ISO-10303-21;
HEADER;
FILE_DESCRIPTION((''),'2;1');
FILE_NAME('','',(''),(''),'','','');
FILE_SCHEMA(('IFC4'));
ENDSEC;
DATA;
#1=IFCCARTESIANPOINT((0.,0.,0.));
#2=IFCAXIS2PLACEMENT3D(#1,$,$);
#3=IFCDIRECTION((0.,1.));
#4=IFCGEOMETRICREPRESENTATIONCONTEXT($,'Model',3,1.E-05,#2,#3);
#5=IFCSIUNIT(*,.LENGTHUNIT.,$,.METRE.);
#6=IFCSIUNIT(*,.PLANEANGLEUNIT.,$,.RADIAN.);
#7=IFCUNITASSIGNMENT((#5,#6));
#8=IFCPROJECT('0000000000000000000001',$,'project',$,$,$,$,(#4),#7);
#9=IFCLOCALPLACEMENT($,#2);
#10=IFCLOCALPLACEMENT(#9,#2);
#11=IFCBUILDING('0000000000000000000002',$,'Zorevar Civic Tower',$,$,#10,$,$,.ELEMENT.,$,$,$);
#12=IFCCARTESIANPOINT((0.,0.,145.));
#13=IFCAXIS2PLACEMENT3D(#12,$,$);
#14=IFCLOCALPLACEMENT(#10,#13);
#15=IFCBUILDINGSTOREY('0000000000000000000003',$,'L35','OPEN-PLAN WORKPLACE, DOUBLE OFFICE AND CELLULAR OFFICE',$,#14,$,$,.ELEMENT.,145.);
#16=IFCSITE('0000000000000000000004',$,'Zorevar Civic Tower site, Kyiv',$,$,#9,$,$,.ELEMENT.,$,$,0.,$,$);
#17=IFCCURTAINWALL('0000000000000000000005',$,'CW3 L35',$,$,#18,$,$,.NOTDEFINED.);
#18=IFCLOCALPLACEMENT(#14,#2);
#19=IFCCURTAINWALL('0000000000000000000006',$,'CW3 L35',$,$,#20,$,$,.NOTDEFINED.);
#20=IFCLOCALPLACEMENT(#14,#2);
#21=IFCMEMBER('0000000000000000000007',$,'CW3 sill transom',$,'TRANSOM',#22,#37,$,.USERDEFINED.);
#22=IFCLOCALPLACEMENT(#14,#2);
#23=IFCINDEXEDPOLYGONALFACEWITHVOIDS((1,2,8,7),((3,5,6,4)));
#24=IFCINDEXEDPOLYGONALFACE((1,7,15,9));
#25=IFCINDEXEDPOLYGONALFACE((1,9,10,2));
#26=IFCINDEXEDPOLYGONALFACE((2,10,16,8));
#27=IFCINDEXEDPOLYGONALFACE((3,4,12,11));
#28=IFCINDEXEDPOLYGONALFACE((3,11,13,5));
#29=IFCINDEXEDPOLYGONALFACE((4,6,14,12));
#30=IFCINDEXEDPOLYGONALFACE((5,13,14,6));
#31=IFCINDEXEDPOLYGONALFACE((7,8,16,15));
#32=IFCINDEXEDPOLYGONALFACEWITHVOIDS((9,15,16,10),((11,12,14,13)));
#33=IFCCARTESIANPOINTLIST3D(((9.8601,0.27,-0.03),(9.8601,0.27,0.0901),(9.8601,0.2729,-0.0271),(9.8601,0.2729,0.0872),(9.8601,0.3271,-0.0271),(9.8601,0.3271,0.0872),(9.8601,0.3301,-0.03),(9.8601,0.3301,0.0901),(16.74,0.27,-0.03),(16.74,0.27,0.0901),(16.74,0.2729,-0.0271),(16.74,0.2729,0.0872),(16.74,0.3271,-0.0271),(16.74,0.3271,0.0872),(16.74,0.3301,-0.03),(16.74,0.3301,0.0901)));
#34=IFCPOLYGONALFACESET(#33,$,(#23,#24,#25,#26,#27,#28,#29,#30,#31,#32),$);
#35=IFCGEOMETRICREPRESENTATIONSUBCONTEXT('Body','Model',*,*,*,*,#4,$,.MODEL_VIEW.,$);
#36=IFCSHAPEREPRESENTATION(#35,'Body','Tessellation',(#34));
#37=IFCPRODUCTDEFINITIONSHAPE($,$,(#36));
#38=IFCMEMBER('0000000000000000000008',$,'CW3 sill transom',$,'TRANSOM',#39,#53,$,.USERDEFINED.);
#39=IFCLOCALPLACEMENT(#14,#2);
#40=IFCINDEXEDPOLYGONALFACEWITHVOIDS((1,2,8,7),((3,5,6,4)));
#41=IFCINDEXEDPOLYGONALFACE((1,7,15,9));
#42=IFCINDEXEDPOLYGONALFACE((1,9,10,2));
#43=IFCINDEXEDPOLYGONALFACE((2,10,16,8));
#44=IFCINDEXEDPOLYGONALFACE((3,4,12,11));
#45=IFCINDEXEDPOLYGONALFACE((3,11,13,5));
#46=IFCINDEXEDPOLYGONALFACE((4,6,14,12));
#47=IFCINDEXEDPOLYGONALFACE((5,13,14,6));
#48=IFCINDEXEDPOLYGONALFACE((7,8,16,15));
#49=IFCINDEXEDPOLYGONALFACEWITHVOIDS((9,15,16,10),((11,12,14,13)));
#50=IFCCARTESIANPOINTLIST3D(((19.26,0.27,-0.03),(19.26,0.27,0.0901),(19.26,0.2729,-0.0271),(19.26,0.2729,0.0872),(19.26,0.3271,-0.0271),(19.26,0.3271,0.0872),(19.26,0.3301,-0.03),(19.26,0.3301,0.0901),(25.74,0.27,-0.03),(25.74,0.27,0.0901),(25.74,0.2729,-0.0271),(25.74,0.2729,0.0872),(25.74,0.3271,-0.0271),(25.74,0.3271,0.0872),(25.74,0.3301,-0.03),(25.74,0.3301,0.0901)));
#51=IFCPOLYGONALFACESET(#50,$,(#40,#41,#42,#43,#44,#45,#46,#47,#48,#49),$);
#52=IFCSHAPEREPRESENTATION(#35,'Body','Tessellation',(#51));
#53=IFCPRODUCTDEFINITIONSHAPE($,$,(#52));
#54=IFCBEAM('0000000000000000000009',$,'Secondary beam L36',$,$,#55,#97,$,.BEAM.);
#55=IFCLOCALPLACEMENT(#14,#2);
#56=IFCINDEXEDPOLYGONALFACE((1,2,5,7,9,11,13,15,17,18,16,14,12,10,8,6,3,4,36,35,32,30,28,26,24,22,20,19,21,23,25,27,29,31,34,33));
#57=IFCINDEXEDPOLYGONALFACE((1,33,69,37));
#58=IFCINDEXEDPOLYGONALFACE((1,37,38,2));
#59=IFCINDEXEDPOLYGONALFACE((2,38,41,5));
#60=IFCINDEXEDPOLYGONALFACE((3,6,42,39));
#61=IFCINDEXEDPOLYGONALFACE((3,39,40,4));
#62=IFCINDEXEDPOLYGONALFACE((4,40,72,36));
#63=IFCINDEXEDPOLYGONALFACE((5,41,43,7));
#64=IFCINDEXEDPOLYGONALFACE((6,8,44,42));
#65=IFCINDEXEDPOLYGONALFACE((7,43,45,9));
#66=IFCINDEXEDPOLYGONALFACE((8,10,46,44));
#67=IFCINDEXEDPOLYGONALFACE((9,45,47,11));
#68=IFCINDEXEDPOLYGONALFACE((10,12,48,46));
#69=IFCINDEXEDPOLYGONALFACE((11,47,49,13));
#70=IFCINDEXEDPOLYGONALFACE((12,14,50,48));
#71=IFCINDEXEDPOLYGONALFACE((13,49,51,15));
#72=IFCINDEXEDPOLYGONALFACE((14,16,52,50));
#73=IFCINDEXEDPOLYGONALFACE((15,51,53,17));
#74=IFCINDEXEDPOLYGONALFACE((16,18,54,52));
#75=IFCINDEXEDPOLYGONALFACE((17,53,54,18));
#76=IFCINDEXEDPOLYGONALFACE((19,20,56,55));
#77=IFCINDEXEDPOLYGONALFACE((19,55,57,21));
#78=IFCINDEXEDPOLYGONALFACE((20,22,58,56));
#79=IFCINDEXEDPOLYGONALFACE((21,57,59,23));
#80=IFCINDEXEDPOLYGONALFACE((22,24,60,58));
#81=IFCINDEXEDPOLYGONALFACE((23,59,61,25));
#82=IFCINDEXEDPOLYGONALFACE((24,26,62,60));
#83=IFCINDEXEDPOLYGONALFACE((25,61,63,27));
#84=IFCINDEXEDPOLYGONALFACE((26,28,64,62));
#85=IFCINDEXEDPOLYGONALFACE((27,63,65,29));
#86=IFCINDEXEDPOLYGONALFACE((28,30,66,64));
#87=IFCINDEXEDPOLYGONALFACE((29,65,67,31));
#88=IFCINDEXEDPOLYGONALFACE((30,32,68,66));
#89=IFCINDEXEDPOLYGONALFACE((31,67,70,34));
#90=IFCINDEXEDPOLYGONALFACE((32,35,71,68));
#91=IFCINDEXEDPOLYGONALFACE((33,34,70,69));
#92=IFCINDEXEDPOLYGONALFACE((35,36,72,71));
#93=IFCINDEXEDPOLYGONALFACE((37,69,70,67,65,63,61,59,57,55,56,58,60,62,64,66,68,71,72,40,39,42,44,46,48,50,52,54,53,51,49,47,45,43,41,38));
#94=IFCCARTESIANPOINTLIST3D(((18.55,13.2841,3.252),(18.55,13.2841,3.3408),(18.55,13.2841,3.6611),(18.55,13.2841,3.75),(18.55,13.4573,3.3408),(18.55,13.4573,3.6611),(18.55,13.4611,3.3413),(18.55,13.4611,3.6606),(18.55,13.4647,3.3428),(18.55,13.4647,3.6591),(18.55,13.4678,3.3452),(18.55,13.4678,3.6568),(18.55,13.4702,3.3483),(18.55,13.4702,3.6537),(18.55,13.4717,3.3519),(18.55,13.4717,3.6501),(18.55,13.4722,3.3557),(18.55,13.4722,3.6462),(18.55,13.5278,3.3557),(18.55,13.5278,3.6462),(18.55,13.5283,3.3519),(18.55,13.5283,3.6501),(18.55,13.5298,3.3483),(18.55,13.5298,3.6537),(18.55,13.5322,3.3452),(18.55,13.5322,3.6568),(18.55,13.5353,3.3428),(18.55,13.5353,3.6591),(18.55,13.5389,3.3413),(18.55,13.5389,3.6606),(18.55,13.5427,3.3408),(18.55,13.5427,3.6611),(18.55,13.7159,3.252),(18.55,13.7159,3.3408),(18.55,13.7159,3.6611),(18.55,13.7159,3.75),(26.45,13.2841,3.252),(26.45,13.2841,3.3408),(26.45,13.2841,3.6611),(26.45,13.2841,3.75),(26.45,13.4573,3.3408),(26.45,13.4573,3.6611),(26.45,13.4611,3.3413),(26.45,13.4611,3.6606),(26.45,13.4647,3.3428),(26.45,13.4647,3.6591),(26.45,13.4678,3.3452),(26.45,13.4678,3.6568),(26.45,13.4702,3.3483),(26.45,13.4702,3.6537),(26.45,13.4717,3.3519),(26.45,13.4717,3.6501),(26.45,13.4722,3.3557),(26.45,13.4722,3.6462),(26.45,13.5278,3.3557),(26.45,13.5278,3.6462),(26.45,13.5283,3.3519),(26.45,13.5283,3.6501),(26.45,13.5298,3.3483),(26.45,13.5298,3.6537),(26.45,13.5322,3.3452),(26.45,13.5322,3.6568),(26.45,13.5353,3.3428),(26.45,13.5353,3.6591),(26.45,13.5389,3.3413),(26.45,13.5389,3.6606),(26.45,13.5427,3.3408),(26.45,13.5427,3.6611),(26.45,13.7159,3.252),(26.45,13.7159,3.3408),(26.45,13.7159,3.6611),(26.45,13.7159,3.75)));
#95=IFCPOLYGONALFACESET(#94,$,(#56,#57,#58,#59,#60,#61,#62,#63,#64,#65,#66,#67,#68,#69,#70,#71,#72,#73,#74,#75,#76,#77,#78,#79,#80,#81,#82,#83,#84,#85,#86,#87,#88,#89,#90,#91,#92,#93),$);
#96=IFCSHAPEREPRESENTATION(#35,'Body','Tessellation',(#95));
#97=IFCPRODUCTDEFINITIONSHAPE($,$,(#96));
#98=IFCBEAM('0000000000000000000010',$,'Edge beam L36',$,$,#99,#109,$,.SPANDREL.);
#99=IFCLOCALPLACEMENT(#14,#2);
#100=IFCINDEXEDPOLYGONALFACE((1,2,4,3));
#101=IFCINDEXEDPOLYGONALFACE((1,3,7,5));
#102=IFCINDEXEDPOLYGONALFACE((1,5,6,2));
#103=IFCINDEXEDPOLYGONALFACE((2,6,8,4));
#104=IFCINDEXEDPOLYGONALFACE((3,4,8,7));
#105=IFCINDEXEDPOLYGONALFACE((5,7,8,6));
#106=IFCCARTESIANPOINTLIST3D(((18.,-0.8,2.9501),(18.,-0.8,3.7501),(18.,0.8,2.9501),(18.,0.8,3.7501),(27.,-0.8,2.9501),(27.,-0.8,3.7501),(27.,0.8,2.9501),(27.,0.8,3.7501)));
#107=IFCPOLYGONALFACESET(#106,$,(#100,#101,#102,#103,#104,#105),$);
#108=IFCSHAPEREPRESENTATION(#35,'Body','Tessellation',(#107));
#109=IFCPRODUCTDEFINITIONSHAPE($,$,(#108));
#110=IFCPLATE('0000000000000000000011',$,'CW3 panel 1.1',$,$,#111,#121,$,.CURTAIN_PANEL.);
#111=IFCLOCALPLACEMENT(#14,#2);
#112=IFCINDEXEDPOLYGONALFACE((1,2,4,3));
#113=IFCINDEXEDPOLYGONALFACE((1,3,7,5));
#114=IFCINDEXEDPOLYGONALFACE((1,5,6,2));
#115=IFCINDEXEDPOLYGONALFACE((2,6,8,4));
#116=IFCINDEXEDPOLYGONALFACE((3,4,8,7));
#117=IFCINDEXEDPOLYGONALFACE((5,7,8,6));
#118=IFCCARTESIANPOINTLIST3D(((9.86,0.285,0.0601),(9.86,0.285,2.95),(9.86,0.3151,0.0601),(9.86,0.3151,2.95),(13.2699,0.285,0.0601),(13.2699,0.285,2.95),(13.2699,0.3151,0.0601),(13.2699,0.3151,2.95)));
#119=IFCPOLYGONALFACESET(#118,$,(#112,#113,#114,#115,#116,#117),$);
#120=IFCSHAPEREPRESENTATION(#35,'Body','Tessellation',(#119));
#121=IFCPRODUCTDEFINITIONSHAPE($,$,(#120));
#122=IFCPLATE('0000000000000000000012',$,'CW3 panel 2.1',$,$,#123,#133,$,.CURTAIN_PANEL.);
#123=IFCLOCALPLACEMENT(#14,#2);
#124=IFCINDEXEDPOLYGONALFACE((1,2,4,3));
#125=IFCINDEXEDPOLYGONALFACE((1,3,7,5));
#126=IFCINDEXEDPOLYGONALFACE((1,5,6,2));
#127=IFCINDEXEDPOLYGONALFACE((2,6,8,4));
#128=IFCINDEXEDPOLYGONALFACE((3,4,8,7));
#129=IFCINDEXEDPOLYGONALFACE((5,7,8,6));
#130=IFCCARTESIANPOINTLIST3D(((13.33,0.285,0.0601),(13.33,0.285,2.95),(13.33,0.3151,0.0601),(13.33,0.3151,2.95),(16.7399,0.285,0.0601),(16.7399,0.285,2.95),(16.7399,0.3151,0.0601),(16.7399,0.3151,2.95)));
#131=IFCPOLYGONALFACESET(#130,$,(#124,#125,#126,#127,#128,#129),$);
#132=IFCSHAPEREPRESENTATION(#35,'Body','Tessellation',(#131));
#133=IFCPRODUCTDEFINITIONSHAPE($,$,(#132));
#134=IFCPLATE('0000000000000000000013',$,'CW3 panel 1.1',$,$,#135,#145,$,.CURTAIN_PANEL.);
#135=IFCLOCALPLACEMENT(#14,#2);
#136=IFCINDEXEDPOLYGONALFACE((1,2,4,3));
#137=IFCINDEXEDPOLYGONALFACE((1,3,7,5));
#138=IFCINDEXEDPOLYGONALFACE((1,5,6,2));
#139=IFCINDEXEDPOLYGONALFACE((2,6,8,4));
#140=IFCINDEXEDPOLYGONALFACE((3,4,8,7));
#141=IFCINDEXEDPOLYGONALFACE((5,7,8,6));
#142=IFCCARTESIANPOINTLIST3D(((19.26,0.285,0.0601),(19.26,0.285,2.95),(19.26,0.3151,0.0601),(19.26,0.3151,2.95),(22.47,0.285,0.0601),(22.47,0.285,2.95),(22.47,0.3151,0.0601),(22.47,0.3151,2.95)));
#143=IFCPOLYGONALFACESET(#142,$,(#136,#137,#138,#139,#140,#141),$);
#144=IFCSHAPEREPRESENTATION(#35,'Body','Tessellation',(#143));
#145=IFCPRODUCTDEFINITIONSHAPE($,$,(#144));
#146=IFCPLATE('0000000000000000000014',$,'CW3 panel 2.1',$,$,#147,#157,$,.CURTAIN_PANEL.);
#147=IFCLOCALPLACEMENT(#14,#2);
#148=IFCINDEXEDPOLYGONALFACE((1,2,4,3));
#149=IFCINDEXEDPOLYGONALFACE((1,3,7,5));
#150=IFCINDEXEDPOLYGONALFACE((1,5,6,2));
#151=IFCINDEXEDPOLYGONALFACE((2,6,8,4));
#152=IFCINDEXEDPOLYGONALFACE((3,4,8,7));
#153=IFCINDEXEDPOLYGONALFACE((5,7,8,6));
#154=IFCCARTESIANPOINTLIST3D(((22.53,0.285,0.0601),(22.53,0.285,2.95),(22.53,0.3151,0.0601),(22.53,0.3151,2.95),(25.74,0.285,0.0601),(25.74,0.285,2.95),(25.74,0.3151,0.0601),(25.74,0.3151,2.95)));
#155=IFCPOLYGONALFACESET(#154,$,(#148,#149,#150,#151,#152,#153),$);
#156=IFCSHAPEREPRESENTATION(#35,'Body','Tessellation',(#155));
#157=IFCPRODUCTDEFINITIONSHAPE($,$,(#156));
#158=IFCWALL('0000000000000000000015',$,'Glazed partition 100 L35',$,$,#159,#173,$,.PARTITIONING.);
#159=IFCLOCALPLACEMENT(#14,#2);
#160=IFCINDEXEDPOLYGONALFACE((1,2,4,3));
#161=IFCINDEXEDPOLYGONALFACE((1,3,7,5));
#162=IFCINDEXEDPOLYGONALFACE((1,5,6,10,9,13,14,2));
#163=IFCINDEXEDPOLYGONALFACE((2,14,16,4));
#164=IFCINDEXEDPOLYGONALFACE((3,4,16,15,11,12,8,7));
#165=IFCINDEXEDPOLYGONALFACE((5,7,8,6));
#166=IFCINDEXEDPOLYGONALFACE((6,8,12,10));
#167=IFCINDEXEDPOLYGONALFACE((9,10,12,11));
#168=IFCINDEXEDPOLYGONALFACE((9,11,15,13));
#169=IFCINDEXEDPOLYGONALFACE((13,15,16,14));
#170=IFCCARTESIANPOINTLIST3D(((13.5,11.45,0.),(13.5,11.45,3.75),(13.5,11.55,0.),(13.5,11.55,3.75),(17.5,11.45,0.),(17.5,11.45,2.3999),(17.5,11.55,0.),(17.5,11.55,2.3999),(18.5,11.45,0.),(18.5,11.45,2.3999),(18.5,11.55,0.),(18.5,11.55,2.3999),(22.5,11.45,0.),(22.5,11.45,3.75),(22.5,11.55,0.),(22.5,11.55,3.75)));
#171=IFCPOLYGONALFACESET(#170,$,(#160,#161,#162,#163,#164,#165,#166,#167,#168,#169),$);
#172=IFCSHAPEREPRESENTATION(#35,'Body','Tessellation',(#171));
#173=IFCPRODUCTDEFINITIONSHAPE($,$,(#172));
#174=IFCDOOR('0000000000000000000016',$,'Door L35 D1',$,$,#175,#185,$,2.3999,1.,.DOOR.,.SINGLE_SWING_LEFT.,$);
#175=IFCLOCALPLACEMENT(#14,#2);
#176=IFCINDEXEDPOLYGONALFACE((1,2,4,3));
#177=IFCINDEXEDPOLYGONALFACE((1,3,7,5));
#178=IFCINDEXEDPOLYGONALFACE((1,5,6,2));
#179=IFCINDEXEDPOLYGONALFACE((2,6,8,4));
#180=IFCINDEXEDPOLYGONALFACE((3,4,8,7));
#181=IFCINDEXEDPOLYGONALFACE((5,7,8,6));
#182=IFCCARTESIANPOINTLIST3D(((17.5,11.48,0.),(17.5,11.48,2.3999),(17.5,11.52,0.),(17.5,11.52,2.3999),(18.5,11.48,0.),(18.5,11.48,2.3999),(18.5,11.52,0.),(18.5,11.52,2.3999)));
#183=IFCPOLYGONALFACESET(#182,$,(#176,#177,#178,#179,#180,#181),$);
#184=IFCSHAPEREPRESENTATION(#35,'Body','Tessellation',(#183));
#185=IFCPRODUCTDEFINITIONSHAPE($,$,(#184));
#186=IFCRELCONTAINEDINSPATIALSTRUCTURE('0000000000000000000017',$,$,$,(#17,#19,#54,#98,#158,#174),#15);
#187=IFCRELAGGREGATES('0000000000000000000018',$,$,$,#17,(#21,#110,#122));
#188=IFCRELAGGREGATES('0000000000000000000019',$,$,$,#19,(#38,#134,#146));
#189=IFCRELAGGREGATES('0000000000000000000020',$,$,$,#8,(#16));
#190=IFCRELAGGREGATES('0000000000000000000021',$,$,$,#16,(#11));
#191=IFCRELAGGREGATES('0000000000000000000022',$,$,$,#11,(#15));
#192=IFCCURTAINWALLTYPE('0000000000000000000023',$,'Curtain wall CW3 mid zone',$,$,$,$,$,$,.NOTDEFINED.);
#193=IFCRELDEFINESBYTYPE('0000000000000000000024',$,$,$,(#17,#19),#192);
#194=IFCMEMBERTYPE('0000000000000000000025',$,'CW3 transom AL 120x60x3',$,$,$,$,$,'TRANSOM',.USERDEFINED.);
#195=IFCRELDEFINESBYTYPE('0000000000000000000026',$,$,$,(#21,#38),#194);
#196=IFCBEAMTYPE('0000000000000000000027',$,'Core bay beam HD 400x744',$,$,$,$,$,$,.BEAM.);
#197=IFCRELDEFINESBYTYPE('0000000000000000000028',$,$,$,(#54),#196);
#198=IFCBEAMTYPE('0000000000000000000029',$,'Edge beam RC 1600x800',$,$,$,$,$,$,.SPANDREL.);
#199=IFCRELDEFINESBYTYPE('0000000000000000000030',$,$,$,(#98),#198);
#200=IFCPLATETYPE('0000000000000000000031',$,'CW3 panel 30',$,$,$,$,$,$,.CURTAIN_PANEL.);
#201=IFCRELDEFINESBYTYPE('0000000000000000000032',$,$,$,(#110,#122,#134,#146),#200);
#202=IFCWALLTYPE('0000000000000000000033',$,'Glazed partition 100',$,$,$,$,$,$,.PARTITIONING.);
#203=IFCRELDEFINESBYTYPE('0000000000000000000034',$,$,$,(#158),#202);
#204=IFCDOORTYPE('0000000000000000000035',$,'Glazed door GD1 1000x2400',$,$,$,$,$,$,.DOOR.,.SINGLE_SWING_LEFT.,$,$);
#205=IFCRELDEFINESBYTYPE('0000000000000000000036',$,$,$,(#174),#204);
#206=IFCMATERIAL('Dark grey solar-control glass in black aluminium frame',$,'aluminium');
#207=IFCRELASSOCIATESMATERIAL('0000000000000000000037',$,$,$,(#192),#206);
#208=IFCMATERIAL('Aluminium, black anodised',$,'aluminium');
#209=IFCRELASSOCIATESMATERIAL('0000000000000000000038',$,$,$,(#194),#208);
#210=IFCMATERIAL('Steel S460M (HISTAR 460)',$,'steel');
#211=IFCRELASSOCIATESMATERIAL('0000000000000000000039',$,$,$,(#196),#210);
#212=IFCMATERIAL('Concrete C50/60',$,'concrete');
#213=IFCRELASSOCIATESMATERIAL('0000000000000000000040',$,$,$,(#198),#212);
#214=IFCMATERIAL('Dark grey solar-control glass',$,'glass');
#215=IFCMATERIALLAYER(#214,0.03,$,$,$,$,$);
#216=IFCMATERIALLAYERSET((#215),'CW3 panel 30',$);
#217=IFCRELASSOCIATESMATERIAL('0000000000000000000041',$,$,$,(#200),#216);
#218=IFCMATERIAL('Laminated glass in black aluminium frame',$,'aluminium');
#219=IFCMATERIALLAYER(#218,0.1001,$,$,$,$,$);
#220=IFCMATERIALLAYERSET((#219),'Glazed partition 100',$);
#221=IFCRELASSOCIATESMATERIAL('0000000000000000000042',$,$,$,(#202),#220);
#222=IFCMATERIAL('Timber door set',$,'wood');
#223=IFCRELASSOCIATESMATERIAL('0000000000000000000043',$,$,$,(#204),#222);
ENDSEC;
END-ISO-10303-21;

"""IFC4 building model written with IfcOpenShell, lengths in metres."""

from ifc_helpers import new_model, si_unit, direction, frame, frame_2d, origin, origin_2d, place, context, subcontext, project, spatial, rectangle, hollow_rectangle, i_section, extrude, material, layer, layer_set, material_profile, profile_set, type_object, element, fill, aggregate, save


model = new_model("IFC4")

# Units and contexts
model_context = context("Model", 3, precision=1e-05, world=origin(), true_north=direction((0.0, 1.0)))
body_context = subcontext(model_context, "Body", "Model", "MODEL_VIEW")
ifc_project = project(units=[si_unit("LENGTHUNIT", "METRE"), si_unit("PLANEANGLEUNIT", "RADIAN")], contexts=[model_context])

# Site, building, storey
site_placement = place(None, origin())
site = spatial("IfcSite", under=ifc_project, at=site_placement, Name="Zorevar Civic Tower site, Kyiv", CompositionType="ELEMENT", RefElevation=0.0)
building_placement = place(site_placement, origin())
building = spatial("IfcBuilding", under=site, at=building_placement, Name="Zorevar Civic Tower", CompositionType="ELEMENT")
storey_placement = place(building_placement, frame((0.0, 0.0, 145.0)))
storey = spatial("IfcBuildingStorey", under=building, at=storey_placement, Name="L35", Description="OPEN-PLAN WORKPLACE, DOUBLE OFFICE AND CELLULAR OFFICE", CompositionType="ELEMENT", Elevation=145.0)

# Curtain walls
ifc_material_1 = material(Name="Dark grey solar-control glass in black aluminium frame", Category="aluminium")
curtain_wall_type = type_object("IfcCurtainWallType", Name="Curtain wall CW3 mid zone", PredefinedType="NOTDEFINED", material=ifc_material_1)
curtain_wall_1_placement = place(storey_placement, origin())
curtain_wall_1 = element("IfcCurtainWall", 1, at=curtain_wall_1_placement, inside=storey, type_object=curtain_wall_type, Name="CW3 L35", PredefinedType="NOTDEFINED")
curtain_wall_2_placement = place(storey_placement, origin())
curtain_wall_2 = element("IfcCurtainWall", 2, at=curtain_wall_2_placement, inside=storey, type_object=curtain_wall_type, Name="CW3 L35", PredefinedType="NOTDEFINED")

# Members
ifc_material_2 = material(Name="Aluminium, black anodised", Category="aluminium")
ifc_material_profile_1 = material_profile(ifc_material_2, hollow_rectangle(XDim=0.0601, YDim=0.1201, WallThickness=0.0029, at=origin_2d()), Name="AL 120x60x3")
ifc_profile_set_1 = profile_set([ifc_material_profile_1], Name="Aluminium, black anodised")
member_type_1 = type_object("IfcMemberType", Name="CW3 transom AL 120x60x3", ElementType="TRANSOM", PredefinedType="USERDEFINED", material=ifc_profile_set_1)
member_1_placement = place(storey_placement, frame((9.8601, 0.3, 0.03), z_axis=(1.0, 0.0, 0.0), x_axis=(0.0, 1.0, 0.0)))
member_1 = element("IfcMember", 3, at=member_1_placement, type_object=member_type_1, Name="CW3 sill transom", ObjectType="TRANSOM", PredefinedType="USERDEFINED", context=body_context, shape_type="SweptSolid", body=[
    extrude(hollow_rectangle(XDim=0.0601, YDim=0.1201, WallThickness=0.0029, at=origin_2d()), origin(), (0.0, 0.0, 1.0), 6.8799),
])
member_2_placement = place(storey_placement, frame((19.26, 0.3, 0.03), z_axis=(1.0, 0.0, 0.0), x_axis=(0.0, 1.0, 0.0)))
member_2 = element("IfcMember", 4, at=member_2_placement, type_object=member_type_1, Name="CW3 sill transom", ObjectType="TRANSOM", PredefinedType="USERDEFINED", context=body_context, shape_type="SweptSolid", body=[
    extrude(hollow_rectangle(XDim=0.0601, YDim=0.1201, WallThickness=0.0029, at=origin_2d()), origin(), (0.0, 0.0, 1.0), 6.48),
])

# Beams
ifc_material_3 = material(Name="Steel S460M (HISTAR 460)", Category="steel")
ifc_material_profile_2 = material_profile(ifc_material_3, i_section(OverallWidth=0.4319, OverallDepth=0.498, WebThickness=0.0557, FlangeThickness=0.0889, FilletRadius=0.0149, at=origin_2d()), Name="HD 400x744")
ifc_profile_set_2 = profile_set([ifc_material_profile_2], Name="Steel S460M (HISTAR 460)")
beam_type_1 = type_object("IfcBeamType", Name="Core bay beam HD 400x744", PredefinedType="BEAM", material=ifc_profile_set_2)
beam_1_placement = place(storey_placement, frame((18.55, 13.5, 3.501), z_axis=(1.0, 0.0, 0.0), x_axis=(0.0, 1.0, 0.0)))
element("IfcBeam", 5, at=beam_1_placement, inside=storey, type_object=beam_type_1, Name="Secondary beam L36", PredefinedType="BEAM", context=body_context, shape_type="SweptSolid", body=[
    extrude(i_section(OverallWidth=0.4319, OverallDepth=0.498, WebThickness=0.0557, FlangeThickness=0.0889, FilletRadius=0.0149, at=origin_2d()), origin(), (0.0, 0.0, 1.0), 7.8999),
])
ifc_material_4 = material(Name="Concrete C50/60", Category="concrete")
ifc_material_profile_3 = material_profile(ifc_material_4, rectangle(XDim=1.6001, YDim=0.8, at=origin_2d()), Name="RC 1600x800")
ifc_profile_set_3 = profile_set([ifc_material_profile_3], Name="Concrete C50/60")
beam_type_2 = type_object("IfcBeamType", Name="Edge beam RC 1600x800", PredefinedType="SPANDREL", material=ifc_profile_set_3)
beam_2_placement = place(storey_placement, frame((18.0, 0.0, 3.3501), z_axis=(1.0, 0.0, 0.0), x_axis=(0.0, 1.0, 0.0)))
element("IfcBeam", 6, at=beam_2_placement, inside=storey, type_object=beam_type_2, Name="Edge beam L36", PredefinedType="SPANDREL", context=body_context, shape_type="SweptSolid", body=[
    extrude(rectangle(XDim=1.6001, YDim=0.8, at=origin_2d()), origin(), (0.0, 0.0, 1.0), 9.0),
])

# Plates
ifc_material_5 = material(Name="Dark grey solar-control glass", Category="glass")
ifc_layer_1 = layer(ifc_material_5, 0.03)
ifc_layer_set_1 = layer_set([ifc_layer_1], Name="CW3 panel 30")
plate_type = type_object("IfcPlateType", Name="CW3 panel 30", PredefinedType="CURTAIN_PANEL", material=ifc_layer_set_1)
plate_1_placement = place(storey_placement, frame((11.5649, 0.3, 0.0601), z_axis=(0.0, 0.0, 1.0), x_axis=(1.0, 0.0, 0.0)))
plate_1 = element("IfcPlate", 7, at=plate_1_placement, type_object=plate_type, Name="CW3 panel 1.1", PredefinedType="CURTAIN_PANEL", context=body_context, shape_type="SweptSolid", body=[
    extrude(rectangle(XDim=3.4099, YDim=0.03, at=origin_2d()), origin(), (0.0, 0.0, 1.0), 2.8899),
])
plate_2_placement = place(storey_placement, frame((15.0349, 0.3, 0.0601), z_axis=(0.0, 0.0, 1.0), x_axis=(1.0, 0.0, 0.0)))
plate_2 = element("IfcPlate", 8, at=plate_2_placement, type_object=plate_type, Name="CW3 panel 2.1", PredefinedType="CURTAIN_PANEL", context=body_context, shape_type="SweptSolid", body=[
    extrude(rectangle(XDim=3.4099, YDim=0.03, at=origin_2d()), origin(), (0.0, 0.0, 1.0), 2.8899),
])
aggregate(curtain_wall_1, [member_1, plate_1, plate_2])
plate_3_placement = place(storey_placement, frame((20.865, 0.3, 0.0601), z_axis=(0.0, 0.0, 1.0), x_axis=(1.0, 0.0, 0.0)))
plate_3 = element("IfcPlate", 9, at=plate_3_placement, type_object=plate_type, Name="CW3 panel 1.1", PredefinedType="CURTAIN_PANEL", context=body_context, shape_type="SweptSolid", body=[
    extrude(rectangle(XDim=3.21, YDim=0.03, at=origin_2d()), origin(), (0.0, 0.0, 1.0), 2.8899),
])
plate_4_placement = place(storey_placement, frame((24.135, 0.3, 0.0601), z_axis=(0.0, 0.0, 1.0), x_axis=(1.0, 0.0, 0.0)))
plate_4 = element("IfcPlate", 10, at=plate_4_placement, type_object=plate_type, Name="CW3 panel 2.1", PredefinedType="CURTAIN_PANEL", context=body_context, shape_type="SweptSolid", body=[
    extrude(rectangle(XDim=3.21, YDim=0.03, at=origin_2d()), origin(), (0.0, 0.0, 1.0), 2.8899),
])
aggregate(curtain_wall_2, [member_2, plate_3, plate_4])

# Wall, opening, door
ifc_material_6 = material(Name="Laminated glass in black aluminium frame", Category="aluminium")
ifc_layer_2 = layer(ifc_material_6, 0.1001)
ifc_layer_set_2 = layer_set([ifc_layer_2], Name="Glazed partition 100")
wall_type_1 = type_object("IfcWallType", Name="Glazed partition 100", PredefinedType="PARTITIONING", material=ifc_layer_set_2)
wall_1_placement = place(storey_placement, frame((13.5, 11.5, 0.0), z_axis=(0.0, 0.0, 1.0), x_axis=(1.0, 0.0, 0.0)))
wall_1 = element("IfcWall", 11, at=wall_1_placement, inside=storey, type_object=wall_type_1, Name="Glazed partition 100 L35", PredefinedType="PARTITIONING", context=body_context, shape_type="SweptSolid", body=[
    extrude(rectangle(XDim=9.0, YDim=0.1001, at=frame_2d((4.5, 0.0))), origin(), (0.0, 0.0, 1.0), 3.75),
])
opening_1_placement = place(wall_1_placement, frame((4.0, 0.0, 0.0)))
opening_1 = element("IfcOpeningElement", 12, at=opening_1_placement, cuts=wall_1, PredefinedType="OPENING", context=body_context, shape_type="SweptSolid", body=[
    extrude(rectangle(XDim=1.0, YDim=2.3999, at=frame_2d((0.5, 1.2))), frame((0.0, 0.0601, 0.0), z_axis=(0.0, -1.0, 0.0), x_axis=(1.0, 0.0, 0.0)), (0.0, 0.0, 1.0), 0.1201),
])
ifc_material_7 = material(Name="Timber door set", Category="wood")
door_type_1 = type_object("IfcDoorType", Name="Glazed door GD1 1000x2400", OperationType="SINGLE_SWING_LEFT", PredefinedType="DOOR", material=ifc_material_7)
door_1_placement = place(opening_1_placement, origin())
door_1 = element("IfcDoor", 13, at=door_1_placement, inside=storey, type_object=door_type_1, Name="Door L35 D1", OperationType="SINGLE_SWING_LEFT", OverallHeight=2.3999, OverallWidth=1.0, PredefinedType="DOOR", context=body_context, shape_type="SweptSolid", body=[
    extrude(rectangle(XDim=1.0, YDim=2.3999, at=frame_2d((0.5, 1.2))), frame((0.0, 0.02, 0.0), z_axis=(0.0, -1.0, 0.0), x_axis=(1.0, 0.0, 0.0)), (0.0, 0.0, 1.0), 0.04),
])
fill(opening_1, door_1)

save(model, "model.ifc")
